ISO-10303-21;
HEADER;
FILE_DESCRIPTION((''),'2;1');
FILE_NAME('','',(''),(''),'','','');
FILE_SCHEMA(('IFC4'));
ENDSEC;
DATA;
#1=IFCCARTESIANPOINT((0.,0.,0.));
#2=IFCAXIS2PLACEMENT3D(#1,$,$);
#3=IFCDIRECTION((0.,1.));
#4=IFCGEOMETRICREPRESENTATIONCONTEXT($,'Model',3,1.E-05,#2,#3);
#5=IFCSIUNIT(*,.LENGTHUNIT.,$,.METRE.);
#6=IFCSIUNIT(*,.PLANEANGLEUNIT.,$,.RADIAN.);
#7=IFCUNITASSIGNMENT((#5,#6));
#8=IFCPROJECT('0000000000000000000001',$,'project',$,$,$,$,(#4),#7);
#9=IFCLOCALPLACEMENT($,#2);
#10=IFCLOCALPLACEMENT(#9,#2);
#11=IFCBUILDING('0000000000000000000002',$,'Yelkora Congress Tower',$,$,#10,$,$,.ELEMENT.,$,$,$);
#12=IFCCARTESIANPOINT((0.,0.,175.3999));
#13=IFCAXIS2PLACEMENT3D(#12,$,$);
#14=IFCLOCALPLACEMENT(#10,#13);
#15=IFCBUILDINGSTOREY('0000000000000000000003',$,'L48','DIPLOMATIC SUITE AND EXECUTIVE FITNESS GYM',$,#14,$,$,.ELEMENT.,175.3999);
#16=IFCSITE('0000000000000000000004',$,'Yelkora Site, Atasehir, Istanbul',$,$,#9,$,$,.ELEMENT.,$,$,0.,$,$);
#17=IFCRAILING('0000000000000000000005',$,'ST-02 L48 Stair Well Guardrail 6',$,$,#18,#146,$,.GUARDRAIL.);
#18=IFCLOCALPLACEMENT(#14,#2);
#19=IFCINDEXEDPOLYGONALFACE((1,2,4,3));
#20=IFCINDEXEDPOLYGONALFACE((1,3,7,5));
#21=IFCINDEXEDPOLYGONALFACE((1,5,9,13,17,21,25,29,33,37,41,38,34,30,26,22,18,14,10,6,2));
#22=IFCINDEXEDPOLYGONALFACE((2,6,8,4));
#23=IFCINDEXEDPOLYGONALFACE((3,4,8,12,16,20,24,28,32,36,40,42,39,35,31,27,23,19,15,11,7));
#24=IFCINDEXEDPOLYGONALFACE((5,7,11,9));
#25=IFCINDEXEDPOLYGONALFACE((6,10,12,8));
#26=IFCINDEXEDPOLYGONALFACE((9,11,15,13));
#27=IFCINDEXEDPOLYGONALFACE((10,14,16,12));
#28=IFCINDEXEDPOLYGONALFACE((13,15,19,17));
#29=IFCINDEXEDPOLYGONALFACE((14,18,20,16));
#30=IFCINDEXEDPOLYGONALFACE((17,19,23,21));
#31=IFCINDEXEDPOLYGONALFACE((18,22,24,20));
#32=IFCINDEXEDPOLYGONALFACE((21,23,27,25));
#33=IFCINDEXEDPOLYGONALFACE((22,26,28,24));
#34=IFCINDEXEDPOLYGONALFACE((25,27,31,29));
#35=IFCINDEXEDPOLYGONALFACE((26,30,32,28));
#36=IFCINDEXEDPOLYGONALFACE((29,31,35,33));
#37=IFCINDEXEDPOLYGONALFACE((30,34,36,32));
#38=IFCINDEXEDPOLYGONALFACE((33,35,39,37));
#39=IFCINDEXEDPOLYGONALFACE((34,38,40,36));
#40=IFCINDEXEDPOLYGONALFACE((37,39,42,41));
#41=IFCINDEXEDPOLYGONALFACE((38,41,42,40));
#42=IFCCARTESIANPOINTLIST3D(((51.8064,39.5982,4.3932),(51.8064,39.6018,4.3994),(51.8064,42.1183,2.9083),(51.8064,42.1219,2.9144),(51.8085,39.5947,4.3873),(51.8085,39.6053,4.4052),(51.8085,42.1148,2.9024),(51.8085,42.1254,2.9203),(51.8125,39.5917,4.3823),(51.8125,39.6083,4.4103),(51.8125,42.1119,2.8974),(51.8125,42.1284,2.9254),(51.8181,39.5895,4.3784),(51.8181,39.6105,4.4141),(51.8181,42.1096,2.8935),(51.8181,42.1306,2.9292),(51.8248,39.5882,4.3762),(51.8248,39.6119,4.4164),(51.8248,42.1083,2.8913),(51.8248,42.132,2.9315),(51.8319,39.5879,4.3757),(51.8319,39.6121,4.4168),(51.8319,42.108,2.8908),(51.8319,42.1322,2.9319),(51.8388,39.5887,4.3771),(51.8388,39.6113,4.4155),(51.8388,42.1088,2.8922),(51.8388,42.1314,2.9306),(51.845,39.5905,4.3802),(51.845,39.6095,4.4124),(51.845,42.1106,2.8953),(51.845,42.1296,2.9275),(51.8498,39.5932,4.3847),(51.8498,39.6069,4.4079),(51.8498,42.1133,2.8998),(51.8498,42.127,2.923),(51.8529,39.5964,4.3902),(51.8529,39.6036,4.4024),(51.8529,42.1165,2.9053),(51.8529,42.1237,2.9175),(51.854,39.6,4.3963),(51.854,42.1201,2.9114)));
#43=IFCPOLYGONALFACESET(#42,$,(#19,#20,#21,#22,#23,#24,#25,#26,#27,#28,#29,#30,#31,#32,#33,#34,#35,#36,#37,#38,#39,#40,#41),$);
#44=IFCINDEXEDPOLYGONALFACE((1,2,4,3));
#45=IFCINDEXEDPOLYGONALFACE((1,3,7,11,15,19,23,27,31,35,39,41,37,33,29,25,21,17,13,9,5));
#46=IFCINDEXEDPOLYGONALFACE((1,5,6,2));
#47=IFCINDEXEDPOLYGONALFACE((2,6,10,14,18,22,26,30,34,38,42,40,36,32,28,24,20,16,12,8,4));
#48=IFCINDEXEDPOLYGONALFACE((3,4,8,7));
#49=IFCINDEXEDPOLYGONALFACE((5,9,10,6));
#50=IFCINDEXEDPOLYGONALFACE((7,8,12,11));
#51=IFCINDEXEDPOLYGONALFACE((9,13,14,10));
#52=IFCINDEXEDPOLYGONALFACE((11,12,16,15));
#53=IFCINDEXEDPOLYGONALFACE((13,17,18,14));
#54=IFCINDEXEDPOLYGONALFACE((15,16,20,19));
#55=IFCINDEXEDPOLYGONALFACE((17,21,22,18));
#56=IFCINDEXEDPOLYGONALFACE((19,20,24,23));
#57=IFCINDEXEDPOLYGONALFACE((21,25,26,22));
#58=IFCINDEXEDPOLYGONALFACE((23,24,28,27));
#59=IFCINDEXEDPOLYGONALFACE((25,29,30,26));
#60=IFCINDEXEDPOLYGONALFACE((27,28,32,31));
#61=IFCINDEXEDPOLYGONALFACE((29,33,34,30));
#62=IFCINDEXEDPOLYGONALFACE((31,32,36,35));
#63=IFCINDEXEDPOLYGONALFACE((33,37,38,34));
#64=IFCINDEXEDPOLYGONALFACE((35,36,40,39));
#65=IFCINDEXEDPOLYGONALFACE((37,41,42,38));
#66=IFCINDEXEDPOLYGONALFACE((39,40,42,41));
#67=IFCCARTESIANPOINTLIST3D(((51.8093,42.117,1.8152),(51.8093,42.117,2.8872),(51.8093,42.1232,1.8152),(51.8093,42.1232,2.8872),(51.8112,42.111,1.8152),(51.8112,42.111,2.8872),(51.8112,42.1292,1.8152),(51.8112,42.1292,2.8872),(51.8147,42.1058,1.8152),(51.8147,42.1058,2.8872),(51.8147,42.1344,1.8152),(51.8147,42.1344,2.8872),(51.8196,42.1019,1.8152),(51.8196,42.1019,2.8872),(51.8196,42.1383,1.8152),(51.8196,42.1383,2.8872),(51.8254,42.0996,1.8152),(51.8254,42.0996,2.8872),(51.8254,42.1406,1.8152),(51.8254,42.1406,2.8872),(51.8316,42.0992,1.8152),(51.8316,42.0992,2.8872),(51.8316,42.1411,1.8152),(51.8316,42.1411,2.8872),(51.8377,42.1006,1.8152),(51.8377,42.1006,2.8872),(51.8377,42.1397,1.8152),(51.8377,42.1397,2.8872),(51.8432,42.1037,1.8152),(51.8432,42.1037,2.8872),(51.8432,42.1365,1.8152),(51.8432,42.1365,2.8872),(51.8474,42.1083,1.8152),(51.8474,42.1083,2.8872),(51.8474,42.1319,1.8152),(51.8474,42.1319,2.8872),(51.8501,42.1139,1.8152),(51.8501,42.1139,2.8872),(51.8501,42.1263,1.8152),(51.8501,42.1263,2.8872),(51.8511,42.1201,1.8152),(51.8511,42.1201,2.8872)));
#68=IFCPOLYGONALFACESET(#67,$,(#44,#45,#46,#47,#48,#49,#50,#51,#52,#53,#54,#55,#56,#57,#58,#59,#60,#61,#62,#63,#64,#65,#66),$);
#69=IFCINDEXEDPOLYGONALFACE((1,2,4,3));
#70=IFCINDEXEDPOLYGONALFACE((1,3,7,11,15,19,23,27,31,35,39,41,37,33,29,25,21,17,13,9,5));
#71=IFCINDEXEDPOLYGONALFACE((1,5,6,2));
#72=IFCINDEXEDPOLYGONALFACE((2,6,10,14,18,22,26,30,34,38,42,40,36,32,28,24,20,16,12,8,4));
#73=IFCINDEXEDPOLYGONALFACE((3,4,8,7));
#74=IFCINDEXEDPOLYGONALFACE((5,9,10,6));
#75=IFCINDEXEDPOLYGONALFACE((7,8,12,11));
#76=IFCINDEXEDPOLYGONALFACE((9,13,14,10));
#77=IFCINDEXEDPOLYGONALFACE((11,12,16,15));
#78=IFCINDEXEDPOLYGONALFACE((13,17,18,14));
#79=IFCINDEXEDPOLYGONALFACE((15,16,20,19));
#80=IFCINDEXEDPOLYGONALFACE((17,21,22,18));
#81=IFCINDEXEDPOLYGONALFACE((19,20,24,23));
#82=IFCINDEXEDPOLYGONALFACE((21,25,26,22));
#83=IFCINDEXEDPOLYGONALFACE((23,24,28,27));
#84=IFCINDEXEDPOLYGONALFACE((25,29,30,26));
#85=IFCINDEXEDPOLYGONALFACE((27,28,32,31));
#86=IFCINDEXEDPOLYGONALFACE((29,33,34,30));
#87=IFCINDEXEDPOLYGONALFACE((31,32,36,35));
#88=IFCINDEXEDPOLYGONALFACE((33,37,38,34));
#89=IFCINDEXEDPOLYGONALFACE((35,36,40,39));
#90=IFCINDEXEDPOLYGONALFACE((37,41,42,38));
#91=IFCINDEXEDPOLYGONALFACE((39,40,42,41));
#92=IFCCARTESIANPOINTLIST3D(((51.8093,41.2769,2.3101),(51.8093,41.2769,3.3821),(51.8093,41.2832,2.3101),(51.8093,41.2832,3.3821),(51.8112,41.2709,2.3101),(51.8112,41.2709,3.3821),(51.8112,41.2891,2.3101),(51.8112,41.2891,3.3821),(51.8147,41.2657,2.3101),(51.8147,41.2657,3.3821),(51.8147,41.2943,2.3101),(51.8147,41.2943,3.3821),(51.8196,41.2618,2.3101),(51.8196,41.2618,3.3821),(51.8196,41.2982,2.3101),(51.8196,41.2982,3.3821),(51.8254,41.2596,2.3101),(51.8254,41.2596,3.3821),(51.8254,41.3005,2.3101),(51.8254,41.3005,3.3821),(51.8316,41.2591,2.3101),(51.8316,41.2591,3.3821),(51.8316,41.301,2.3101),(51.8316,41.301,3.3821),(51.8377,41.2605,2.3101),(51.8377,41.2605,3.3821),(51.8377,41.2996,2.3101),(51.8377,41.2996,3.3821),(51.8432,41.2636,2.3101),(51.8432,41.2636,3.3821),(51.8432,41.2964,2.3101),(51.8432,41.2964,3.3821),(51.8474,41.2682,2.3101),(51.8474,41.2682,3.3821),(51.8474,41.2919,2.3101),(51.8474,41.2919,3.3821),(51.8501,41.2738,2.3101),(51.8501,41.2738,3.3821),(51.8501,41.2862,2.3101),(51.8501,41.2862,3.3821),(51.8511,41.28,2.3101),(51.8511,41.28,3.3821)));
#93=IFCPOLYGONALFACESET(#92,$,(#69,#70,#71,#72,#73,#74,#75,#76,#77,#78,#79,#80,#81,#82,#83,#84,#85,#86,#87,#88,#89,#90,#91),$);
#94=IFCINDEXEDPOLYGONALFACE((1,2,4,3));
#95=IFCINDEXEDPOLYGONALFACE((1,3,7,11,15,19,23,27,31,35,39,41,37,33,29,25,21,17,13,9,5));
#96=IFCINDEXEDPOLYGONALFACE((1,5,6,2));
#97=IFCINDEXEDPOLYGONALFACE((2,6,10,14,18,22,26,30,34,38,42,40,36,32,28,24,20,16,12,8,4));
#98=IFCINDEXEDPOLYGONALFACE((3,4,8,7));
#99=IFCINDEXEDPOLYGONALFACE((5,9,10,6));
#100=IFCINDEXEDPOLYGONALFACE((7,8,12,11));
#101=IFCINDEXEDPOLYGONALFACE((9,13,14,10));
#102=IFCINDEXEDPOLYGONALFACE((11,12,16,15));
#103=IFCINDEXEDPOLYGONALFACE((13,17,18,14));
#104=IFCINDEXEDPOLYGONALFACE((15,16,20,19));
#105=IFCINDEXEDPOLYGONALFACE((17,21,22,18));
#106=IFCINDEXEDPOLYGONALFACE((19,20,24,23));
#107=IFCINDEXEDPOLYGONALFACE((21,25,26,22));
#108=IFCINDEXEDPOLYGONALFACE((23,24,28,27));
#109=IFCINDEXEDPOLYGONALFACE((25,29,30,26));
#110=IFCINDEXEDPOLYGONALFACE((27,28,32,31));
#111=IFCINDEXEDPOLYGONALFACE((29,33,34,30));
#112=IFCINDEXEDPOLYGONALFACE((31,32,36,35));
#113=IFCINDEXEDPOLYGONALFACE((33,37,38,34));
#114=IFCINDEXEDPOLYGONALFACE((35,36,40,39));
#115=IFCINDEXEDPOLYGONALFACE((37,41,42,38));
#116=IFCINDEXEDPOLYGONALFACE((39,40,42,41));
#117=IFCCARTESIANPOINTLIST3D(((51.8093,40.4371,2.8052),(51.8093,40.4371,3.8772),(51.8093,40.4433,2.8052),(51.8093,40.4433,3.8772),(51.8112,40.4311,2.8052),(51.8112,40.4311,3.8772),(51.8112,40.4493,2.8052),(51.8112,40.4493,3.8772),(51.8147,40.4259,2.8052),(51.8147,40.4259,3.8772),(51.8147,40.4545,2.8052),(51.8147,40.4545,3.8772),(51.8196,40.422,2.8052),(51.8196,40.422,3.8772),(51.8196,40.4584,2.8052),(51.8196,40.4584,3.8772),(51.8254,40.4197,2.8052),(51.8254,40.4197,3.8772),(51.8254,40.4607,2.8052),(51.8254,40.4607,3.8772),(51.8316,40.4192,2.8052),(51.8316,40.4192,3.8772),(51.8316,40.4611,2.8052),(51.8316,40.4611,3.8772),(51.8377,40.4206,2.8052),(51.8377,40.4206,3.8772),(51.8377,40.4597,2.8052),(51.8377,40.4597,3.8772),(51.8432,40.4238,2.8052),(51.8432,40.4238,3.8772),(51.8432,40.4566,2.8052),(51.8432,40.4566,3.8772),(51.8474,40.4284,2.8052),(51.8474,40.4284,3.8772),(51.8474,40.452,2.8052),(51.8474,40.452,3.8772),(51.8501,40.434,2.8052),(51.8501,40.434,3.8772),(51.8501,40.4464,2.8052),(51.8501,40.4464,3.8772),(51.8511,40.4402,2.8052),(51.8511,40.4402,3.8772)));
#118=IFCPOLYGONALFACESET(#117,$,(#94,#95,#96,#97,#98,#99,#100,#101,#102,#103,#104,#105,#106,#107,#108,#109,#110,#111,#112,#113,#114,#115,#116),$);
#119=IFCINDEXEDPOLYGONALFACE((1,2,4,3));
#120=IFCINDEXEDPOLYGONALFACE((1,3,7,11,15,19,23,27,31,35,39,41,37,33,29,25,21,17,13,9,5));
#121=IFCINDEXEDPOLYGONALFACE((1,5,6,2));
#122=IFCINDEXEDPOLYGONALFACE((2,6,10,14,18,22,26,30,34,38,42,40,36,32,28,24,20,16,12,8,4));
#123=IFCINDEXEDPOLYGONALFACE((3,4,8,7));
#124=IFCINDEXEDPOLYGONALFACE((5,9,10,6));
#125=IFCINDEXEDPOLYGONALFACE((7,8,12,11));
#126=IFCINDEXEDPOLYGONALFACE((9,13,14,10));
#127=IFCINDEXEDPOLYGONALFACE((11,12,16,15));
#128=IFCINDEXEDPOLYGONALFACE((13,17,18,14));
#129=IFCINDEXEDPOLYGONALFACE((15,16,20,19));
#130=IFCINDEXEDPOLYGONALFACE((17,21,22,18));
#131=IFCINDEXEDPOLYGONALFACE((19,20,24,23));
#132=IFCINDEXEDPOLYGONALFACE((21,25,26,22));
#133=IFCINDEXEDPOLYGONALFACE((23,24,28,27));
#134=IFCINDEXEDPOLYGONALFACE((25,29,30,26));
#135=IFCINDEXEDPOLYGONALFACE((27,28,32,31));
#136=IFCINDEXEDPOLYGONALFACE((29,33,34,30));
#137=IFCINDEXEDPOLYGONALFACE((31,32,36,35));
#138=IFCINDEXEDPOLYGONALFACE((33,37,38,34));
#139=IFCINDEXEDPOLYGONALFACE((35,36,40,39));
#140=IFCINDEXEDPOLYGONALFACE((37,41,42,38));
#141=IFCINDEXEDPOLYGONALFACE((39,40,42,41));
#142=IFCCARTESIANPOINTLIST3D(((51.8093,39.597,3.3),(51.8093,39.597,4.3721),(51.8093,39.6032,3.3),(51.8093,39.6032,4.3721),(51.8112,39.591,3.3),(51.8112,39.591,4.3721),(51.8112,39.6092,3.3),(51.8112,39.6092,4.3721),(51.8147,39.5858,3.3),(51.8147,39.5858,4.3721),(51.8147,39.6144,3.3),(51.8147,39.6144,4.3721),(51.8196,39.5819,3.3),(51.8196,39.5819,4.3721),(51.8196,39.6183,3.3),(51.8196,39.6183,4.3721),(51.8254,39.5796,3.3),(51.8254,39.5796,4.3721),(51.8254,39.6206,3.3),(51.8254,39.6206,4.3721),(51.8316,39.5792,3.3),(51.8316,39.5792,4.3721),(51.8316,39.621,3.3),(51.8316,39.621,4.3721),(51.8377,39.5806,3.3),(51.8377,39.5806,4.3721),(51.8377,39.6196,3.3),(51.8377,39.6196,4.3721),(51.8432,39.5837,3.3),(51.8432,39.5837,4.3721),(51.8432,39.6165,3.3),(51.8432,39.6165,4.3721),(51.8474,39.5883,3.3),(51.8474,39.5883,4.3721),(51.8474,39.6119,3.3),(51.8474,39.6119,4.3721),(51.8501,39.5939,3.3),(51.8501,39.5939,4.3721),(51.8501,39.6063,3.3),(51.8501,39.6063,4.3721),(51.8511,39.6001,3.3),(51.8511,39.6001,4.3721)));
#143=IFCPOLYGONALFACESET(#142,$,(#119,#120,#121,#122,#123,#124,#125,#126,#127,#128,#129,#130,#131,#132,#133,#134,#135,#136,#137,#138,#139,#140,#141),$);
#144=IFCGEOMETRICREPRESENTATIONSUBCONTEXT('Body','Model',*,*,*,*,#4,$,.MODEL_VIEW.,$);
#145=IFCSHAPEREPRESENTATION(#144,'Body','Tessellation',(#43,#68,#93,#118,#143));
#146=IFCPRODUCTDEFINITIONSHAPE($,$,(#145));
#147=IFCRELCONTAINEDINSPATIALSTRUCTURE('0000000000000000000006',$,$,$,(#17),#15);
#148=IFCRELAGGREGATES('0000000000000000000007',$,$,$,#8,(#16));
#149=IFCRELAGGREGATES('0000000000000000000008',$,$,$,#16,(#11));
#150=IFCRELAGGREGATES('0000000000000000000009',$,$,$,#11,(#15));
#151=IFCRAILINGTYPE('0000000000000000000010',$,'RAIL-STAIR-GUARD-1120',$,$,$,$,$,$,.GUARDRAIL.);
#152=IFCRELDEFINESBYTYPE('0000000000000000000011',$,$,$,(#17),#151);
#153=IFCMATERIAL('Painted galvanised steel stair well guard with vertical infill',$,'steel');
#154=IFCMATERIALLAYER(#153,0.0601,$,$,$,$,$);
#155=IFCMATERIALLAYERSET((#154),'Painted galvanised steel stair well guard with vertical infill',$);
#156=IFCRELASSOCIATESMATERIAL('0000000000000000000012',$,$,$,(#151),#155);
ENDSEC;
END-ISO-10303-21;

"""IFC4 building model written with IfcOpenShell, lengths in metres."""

from ifc_helpers import new_model, si_unit, direction, frame, origin, origin_2d, place, context, subcontext, project, spatial, circle, extrude, material, layer, layer_set, type_object, element, save


model = new_model("IFC4")

# Units and contexts
model_context = context("Model", 3, precision=1e-05, world=origin(), true_north=direction((0.0, 1.0)))
body_context = subcontext(model_context, "Body", "Model", "MODEL_VIEW")
ifc_project = project(units=[si_unit("LENGTHUNIT", "METRE"), si_unit("PLANEANGLEUNIT", "RADIAN")], contexts=[model_context])

# Site, building, storey
site_placement = place(None, origin())
site = spatial("IfcSite", under=ifc_project, at=site_placement, Name="Yelkora Site, Atasehir, Istanbul", CompositionType="ELEMENT", RefElevation=0.0)
building_placement = place(site_placement, origin())
building = spatial("IfcBuilding", under=site, at=building_placement, Name="Yelkora Congress Tower", CompositionType="ELEMENT")
storey_placement = place(building_placement, frame((0.0, 0.0, 175.3999)))
storey = spatial("IfcBuildingStorey", under=building, at=storey_placement, Name="L48", Description="DIPLOMATIC SUITE AND EXECUTIVE FITNESS GYM", CompositionType="ELEMENT", Elevation=175.3999)

# Railing
ifc_material_1 = material(Name="Painted galvanised steel stair well guard with vertical infill", Category="steel")
ifc_layer_1 = layer(ifc_material_1, 0.0601)
ifc_layer_set_1 = layer_set([ifc_layer_1], Name="Painted galvanised steel stair well guard with vertical infill")
railing_type_1 = type_object("IfcRailingType", Name="RAIL-STAIR-GUARD-1120", PredefinedType="GUARDRAIL", material=ifc_layer_set_1)
railing_1_placement = place(storey_placement, frame((51.8301, 42.1201, 1.8152)))
element("IfcRailing", 1, at=railing_1_placement, inside=storey, type_object=railing_type_1, Name="ST-02 L48 Stair Well Guardrail 6", PredefinedType="GUARDRAIL", context=body_context, shape_type="SweptSolid", body=[
    extrude(circle(Radius=0.0239, at=origin_2d()), frame((0.0, 0.0, 1.0962), z_axis=(0.0, -0.861561, 0.507655), x_axis=(1.0, 0.0, 0.0)), (0.0, 0.0, 1.0), 2.925),
    extrude(circle(Radius=0.021, at=origin_2d()), origin(), (0.0, 0.0, 1.0), 1.072),
    extrude(circle(Radius=0.021, at=origin_2d()), frame((0.0, -0.8401, 0.4949)), (0.0, 0.0, 1.0), 1.072),
    extrude(circle(Radius=0.021, at=origin_2d()), frame((0.0, -1.6799, 0.99)), (0.0, 0.0, 1.0), 1.072),
    extrude(circle(Radius=0.021, at=origin_2d()), frame((0.0, -2.52, 1.4849)), (0.0, 0.0, 1.0), 1.072),
])

save(model, "model.ifc")
